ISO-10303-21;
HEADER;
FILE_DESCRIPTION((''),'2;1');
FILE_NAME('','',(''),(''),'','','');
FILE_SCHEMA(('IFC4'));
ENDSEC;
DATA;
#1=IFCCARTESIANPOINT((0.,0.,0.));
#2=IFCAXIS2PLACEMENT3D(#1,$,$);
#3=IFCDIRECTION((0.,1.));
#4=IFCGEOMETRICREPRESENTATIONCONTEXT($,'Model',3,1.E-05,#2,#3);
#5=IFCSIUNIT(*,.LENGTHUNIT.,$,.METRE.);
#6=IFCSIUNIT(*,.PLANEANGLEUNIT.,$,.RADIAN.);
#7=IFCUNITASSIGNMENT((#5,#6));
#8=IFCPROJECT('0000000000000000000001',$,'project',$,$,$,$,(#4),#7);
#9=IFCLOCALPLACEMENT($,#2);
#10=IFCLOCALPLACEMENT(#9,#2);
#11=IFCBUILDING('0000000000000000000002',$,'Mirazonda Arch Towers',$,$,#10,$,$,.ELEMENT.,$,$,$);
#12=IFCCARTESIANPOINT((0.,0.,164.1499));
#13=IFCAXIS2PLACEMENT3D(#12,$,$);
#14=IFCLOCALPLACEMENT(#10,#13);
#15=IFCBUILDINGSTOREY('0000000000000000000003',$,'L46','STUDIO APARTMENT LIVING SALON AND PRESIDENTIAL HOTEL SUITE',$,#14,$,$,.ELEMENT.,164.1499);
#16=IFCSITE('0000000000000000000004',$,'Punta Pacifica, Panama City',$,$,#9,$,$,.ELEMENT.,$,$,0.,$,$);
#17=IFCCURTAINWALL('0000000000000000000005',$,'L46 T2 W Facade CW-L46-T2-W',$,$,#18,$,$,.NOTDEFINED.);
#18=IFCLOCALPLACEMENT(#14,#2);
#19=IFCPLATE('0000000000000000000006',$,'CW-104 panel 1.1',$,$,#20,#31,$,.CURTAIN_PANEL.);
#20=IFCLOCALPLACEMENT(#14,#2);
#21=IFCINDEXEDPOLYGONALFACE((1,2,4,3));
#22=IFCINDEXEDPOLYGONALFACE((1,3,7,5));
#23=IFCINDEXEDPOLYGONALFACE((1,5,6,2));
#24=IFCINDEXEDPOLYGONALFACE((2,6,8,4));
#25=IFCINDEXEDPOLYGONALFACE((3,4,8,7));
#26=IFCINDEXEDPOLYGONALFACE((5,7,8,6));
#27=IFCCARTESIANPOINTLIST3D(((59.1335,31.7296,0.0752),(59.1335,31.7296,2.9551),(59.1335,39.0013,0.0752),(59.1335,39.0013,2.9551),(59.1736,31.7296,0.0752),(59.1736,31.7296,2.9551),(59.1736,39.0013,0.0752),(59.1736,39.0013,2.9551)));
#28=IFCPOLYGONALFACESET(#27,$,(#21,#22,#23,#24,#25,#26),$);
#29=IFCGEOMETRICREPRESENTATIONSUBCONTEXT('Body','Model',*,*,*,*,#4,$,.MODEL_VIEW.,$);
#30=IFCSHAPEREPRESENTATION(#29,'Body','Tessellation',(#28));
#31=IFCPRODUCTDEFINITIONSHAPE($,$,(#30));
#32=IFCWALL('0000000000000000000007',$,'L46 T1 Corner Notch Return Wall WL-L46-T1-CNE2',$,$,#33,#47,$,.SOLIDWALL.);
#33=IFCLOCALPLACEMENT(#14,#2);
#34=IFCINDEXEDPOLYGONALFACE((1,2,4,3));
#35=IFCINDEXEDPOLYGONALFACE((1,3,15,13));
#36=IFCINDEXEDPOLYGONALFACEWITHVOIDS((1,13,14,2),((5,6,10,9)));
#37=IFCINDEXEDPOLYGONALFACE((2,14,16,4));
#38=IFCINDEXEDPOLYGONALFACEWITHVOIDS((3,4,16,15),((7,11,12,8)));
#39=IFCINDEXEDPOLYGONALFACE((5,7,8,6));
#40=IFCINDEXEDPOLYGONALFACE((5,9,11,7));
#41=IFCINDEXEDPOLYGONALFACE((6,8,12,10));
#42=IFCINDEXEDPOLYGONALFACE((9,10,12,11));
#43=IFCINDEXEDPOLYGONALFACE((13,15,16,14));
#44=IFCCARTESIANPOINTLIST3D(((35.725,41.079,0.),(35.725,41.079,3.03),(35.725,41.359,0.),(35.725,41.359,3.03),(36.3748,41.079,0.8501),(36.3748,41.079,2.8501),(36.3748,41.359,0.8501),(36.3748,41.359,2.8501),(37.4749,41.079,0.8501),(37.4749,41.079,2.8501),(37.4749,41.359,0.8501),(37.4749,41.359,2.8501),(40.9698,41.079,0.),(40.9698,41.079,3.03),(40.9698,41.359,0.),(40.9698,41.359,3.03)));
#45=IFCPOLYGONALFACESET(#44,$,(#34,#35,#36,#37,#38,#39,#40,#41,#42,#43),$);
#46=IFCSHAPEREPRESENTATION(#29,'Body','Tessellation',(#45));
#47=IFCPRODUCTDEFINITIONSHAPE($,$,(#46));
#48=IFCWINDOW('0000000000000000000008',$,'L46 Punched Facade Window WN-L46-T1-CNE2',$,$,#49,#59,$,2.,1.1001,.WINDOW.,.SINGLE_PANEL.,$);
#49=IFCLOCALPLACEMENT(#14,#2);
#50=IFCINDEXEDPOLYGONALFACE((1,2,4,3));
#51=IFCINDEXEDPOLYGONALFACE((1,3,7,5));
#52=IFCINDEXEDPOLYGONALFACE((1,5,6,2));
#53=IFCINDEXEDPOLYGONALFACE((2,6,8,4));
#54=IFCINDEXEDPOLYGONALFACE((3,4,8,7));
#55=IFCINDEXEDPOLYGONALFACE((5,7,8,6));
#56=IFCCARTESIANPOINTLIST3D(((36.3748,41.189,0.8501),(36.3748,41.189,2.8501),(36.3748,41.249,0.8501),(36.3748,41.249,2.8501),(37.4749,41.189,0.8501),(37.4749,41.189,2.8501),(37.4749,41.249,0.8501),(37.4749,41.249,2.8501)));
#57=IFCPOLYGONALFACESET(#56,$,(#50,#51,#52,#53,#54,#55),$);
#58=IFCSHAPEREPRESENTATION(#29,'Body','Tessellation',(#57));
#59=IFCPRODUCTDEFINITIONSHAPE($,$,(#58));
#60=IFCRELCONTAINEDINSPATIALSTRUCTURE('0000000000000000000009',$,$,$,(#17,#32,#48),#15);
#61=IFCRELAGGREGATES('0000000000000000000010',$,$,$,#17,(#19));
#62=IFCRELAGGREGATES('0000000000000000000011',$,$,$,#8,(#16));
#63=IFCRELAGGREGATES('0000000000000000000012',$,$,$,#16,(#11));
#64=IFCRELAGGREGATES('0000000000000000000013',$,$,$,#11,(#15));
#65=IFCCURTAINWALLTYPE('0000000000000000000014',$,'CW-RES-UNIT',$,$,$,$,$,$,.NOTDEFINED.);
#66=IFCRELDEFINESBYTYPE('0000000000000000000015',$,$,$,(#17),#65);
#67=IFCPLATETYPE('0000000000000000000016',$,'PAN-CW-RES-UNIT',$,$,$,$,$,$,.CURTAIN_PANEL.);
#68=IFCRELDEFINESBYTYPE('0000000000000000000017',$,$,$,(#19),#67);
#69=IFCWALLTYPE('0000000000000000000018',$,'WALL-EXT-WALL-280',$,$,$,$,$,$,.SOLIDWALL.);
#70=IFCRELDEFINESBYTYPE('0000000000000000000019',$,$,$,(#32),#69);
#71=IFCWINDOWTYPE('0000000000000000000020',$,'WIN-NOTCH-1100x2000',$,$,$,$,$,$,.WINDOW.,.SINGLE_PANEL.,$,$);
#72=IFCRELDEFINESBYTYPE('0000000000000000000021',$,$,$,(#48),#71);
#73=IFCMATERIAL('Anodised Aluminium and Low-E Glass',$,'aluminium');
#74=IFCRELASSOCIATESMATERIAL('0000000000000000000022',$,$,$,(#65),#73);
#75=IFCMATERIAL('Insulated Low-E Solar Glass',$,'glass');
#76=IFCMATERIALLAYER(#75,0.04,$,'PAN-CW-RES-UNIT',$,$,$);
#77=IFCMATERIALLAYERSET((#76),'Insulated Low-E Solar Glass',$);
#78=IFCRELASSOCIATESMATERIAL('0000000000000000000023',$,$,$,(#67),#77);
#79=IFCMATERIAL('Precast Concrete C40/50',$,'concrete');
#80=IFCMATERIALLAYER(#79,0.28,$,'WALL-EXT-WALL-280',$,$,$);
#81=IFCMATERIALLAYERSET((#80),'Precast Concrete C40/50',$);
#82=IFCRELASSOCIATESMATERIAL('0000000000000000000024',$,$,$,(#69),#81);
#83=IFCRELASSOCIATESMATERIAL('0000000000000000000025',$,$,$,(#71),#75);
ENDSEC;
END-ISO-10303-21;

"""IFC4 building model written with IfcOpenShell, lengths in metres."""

from ifc_helpers import new_model, si_unit, direction, frame, frame_2d, origin, origin_2d, place, context, subcontext, project, spatial, rectangle, extrude, material, layer, layer_set, type_object, element, fill, aggregate, save


model = new_model("IFC4")

# Units and contexts
model_context = context("Model", 3, precision=1e-05, world=origin(), true_north=direction((0.0, 1.0)))
body_context = subcontext(model_context, "Body", "Model", "MODEL_VIEW")
ifc_project = project(units=[si_unit("LENGTHUNIT", "METRE"), si_unit("PLANEANGLEUNIT", "RADIAN")], contexts=[model_context])

# Site, building, storey
site_placement = place(None, origin())
site = spatial("IfcSite", under=ifc_project, at=site_placement, Name="Punta Pacifica, Panama City", CompositionType="ELEMENT", RefElevation=0.0)
building_placement = place(site_placement, origin())
building = spatial("IfcBuilding", under=site, at=building_placement, Name="Mirazonda Arch Towers", CompositionType="ELEMENT")
storey_placement = place(building_placement, frame((0.0, 0.0, 164.1499)))
storey = spatial("IfcBuildingStorey", under=building, at=storey_placement, Name="L46", Description="STUDIO APARTMENT LIVING SALON AND PRESIDENTIAL HOTEL SUITE", CompositionType="ELEMENT", Elevation=164.1499)

# Curtain wall
ifc_material_1 = material(Name="Anodised Aluminium and Low-E Glass", Category="aluminium")
curtain_wall_type = type_object("IfcCurtainWallType", Name="CW-RES-UNIT", PredefinedType="NOTDEFINED", material=ifc_material_1)
curtain_wall_1_placement = place(storey_placement, origin())
curtain_wall_1 = element("IfcCurtainWall", 1, at=curtain_wall_1_placement, inside=storey, type_object=curtain_wall_type, Name="L46 T2 W Facade CW-L46-T2-W", PredefinedType="NOTDEFINED")

# Plate
ifc_material_2 = material(Name="Insulated Low-E Solar Glass", Category="glass")
ifc_layer_1 = layer(ifc_material_2, 0.04, Name="PAN-CW-RES-UNIT")
ifc_layer_set_1 = layer_set([ifc_layer_1], Name="Insulated Low-E Solar Glass")
plate_type = type_object("IfcPlateType", Name="PAN-CW-RES-UNIT", PredefinedType="CURTAIN_PANEL", material=ifc_layer_set_1)
plate_1_placement = place(storey_placement, frame((59.1536, 35.3655, 0.0752), z_axis=(0.0, 0.0, 1.0), x_axis=(0.0, -1.0, 0.0)))
plate_1 = element("IfcPlate", 2, at=plate_1_placement, type_object=plate_type, Name="CW-104 panel 1.1", PredefinedType="CURTAIN_PANEL", context=body_context, shape_type="SweptSolid", body=[
    extrude(rectangle(XDim=7.2717, YDim=0.04, at=origin_2d()), origin(), (0.0, 0.0, 1.0), 2.8799),
])
aggregate(curtain_wall_1, [plate_1])

# Wall, opening, window
ifc_material_3 = material(Name="Precast Concrete C40/50", Category="concrete")
ifc_layer_2 = layer(ifc_material_3, 0.28, Name="WALL-EXT-WALL-280")
ifc_layer_set_2 = layer_set([ifc_layer_2], Name="Precast Concrete C40/50")
wall_type = type_object("IfcWallType", Name="WALL-EXT-WALL-280", PredefinedType="SOLIDWALL", material=ifc_layer_set_2)
wall_placement = place(storey_placement, frame((40.97, 41.219, 0.0), z_axis=(0.0, 0.0, 1.0), x_axis=(-1.0, 0.0, 0.0)))
wall = element("IfcWall", 3, at=wall_placement, inside=storey, type_object=wall_type, Name="L46 T1 Corner Notch Return Wall WL-L46-T1-CNE2", PredefinedType="SOLIDWALL", context=body_context, shape_type="SweptSolid", body=[
    extrude(rectangle(XDim=5.2449, YDim=0.28, at=frame_2d((2.6226, 0.0))), origin(), (0.0, 0.0, 1.0), 3.03),
])
opening_placement = place(wall_placement, frame((3.4951, 0.0, 0.8501)))
opening = element("IfcOpeningElement", 4, at=opening_placement, cuts=wall, PredefinedType="OPENING", context=body_context, shape_type="SweptSolid", body=[
    extrude(rectangle(XDim=1.1001, YDim=2.0, at=frame_2d((0.55, 1.0))), frame((0.0, 0.1499, 0.0), z_axis=(0.0, -1.0, 0.0), x_axis=(1.0, 0.0, 0.0)), (0.0, 0.0, 1.0), 0.3),
])
window_type = type_object("IfcWindowType", Name="WIN-NOTCH-1100x2000", PartitioningType="SINGLE_PANEL", PredefinedType="WINDOW", material=ifc_material_2)
window_placement = place(opening_placement, origin())
window = element("IfcWindow", 5, at=window_placement, inside=storey, type_object=window_type, Name="L46 Punched Facade Window WN-L46-T1-CNE2", OverallHeight=2.0, OverallWidth=1.1001, PartitioningType="SINGLE_PANEL", PredefinedType="WINDOW", context=body_context, shape_type="SweptSolid", body=[
    extrude(rectangle(XDim=1.1001, YDim=2.0, at=frame_2d((0.55, 1.0))), frame((0.0, 0.03, 0.0), z_axis=(0.0, -1.0, 0.0), x_axis=(1.0, 0.0, 0.0)), (0.0, 0.0, 1.0), 0.0601),
])
fill(opening, window)

save(model, "model.ifc")
